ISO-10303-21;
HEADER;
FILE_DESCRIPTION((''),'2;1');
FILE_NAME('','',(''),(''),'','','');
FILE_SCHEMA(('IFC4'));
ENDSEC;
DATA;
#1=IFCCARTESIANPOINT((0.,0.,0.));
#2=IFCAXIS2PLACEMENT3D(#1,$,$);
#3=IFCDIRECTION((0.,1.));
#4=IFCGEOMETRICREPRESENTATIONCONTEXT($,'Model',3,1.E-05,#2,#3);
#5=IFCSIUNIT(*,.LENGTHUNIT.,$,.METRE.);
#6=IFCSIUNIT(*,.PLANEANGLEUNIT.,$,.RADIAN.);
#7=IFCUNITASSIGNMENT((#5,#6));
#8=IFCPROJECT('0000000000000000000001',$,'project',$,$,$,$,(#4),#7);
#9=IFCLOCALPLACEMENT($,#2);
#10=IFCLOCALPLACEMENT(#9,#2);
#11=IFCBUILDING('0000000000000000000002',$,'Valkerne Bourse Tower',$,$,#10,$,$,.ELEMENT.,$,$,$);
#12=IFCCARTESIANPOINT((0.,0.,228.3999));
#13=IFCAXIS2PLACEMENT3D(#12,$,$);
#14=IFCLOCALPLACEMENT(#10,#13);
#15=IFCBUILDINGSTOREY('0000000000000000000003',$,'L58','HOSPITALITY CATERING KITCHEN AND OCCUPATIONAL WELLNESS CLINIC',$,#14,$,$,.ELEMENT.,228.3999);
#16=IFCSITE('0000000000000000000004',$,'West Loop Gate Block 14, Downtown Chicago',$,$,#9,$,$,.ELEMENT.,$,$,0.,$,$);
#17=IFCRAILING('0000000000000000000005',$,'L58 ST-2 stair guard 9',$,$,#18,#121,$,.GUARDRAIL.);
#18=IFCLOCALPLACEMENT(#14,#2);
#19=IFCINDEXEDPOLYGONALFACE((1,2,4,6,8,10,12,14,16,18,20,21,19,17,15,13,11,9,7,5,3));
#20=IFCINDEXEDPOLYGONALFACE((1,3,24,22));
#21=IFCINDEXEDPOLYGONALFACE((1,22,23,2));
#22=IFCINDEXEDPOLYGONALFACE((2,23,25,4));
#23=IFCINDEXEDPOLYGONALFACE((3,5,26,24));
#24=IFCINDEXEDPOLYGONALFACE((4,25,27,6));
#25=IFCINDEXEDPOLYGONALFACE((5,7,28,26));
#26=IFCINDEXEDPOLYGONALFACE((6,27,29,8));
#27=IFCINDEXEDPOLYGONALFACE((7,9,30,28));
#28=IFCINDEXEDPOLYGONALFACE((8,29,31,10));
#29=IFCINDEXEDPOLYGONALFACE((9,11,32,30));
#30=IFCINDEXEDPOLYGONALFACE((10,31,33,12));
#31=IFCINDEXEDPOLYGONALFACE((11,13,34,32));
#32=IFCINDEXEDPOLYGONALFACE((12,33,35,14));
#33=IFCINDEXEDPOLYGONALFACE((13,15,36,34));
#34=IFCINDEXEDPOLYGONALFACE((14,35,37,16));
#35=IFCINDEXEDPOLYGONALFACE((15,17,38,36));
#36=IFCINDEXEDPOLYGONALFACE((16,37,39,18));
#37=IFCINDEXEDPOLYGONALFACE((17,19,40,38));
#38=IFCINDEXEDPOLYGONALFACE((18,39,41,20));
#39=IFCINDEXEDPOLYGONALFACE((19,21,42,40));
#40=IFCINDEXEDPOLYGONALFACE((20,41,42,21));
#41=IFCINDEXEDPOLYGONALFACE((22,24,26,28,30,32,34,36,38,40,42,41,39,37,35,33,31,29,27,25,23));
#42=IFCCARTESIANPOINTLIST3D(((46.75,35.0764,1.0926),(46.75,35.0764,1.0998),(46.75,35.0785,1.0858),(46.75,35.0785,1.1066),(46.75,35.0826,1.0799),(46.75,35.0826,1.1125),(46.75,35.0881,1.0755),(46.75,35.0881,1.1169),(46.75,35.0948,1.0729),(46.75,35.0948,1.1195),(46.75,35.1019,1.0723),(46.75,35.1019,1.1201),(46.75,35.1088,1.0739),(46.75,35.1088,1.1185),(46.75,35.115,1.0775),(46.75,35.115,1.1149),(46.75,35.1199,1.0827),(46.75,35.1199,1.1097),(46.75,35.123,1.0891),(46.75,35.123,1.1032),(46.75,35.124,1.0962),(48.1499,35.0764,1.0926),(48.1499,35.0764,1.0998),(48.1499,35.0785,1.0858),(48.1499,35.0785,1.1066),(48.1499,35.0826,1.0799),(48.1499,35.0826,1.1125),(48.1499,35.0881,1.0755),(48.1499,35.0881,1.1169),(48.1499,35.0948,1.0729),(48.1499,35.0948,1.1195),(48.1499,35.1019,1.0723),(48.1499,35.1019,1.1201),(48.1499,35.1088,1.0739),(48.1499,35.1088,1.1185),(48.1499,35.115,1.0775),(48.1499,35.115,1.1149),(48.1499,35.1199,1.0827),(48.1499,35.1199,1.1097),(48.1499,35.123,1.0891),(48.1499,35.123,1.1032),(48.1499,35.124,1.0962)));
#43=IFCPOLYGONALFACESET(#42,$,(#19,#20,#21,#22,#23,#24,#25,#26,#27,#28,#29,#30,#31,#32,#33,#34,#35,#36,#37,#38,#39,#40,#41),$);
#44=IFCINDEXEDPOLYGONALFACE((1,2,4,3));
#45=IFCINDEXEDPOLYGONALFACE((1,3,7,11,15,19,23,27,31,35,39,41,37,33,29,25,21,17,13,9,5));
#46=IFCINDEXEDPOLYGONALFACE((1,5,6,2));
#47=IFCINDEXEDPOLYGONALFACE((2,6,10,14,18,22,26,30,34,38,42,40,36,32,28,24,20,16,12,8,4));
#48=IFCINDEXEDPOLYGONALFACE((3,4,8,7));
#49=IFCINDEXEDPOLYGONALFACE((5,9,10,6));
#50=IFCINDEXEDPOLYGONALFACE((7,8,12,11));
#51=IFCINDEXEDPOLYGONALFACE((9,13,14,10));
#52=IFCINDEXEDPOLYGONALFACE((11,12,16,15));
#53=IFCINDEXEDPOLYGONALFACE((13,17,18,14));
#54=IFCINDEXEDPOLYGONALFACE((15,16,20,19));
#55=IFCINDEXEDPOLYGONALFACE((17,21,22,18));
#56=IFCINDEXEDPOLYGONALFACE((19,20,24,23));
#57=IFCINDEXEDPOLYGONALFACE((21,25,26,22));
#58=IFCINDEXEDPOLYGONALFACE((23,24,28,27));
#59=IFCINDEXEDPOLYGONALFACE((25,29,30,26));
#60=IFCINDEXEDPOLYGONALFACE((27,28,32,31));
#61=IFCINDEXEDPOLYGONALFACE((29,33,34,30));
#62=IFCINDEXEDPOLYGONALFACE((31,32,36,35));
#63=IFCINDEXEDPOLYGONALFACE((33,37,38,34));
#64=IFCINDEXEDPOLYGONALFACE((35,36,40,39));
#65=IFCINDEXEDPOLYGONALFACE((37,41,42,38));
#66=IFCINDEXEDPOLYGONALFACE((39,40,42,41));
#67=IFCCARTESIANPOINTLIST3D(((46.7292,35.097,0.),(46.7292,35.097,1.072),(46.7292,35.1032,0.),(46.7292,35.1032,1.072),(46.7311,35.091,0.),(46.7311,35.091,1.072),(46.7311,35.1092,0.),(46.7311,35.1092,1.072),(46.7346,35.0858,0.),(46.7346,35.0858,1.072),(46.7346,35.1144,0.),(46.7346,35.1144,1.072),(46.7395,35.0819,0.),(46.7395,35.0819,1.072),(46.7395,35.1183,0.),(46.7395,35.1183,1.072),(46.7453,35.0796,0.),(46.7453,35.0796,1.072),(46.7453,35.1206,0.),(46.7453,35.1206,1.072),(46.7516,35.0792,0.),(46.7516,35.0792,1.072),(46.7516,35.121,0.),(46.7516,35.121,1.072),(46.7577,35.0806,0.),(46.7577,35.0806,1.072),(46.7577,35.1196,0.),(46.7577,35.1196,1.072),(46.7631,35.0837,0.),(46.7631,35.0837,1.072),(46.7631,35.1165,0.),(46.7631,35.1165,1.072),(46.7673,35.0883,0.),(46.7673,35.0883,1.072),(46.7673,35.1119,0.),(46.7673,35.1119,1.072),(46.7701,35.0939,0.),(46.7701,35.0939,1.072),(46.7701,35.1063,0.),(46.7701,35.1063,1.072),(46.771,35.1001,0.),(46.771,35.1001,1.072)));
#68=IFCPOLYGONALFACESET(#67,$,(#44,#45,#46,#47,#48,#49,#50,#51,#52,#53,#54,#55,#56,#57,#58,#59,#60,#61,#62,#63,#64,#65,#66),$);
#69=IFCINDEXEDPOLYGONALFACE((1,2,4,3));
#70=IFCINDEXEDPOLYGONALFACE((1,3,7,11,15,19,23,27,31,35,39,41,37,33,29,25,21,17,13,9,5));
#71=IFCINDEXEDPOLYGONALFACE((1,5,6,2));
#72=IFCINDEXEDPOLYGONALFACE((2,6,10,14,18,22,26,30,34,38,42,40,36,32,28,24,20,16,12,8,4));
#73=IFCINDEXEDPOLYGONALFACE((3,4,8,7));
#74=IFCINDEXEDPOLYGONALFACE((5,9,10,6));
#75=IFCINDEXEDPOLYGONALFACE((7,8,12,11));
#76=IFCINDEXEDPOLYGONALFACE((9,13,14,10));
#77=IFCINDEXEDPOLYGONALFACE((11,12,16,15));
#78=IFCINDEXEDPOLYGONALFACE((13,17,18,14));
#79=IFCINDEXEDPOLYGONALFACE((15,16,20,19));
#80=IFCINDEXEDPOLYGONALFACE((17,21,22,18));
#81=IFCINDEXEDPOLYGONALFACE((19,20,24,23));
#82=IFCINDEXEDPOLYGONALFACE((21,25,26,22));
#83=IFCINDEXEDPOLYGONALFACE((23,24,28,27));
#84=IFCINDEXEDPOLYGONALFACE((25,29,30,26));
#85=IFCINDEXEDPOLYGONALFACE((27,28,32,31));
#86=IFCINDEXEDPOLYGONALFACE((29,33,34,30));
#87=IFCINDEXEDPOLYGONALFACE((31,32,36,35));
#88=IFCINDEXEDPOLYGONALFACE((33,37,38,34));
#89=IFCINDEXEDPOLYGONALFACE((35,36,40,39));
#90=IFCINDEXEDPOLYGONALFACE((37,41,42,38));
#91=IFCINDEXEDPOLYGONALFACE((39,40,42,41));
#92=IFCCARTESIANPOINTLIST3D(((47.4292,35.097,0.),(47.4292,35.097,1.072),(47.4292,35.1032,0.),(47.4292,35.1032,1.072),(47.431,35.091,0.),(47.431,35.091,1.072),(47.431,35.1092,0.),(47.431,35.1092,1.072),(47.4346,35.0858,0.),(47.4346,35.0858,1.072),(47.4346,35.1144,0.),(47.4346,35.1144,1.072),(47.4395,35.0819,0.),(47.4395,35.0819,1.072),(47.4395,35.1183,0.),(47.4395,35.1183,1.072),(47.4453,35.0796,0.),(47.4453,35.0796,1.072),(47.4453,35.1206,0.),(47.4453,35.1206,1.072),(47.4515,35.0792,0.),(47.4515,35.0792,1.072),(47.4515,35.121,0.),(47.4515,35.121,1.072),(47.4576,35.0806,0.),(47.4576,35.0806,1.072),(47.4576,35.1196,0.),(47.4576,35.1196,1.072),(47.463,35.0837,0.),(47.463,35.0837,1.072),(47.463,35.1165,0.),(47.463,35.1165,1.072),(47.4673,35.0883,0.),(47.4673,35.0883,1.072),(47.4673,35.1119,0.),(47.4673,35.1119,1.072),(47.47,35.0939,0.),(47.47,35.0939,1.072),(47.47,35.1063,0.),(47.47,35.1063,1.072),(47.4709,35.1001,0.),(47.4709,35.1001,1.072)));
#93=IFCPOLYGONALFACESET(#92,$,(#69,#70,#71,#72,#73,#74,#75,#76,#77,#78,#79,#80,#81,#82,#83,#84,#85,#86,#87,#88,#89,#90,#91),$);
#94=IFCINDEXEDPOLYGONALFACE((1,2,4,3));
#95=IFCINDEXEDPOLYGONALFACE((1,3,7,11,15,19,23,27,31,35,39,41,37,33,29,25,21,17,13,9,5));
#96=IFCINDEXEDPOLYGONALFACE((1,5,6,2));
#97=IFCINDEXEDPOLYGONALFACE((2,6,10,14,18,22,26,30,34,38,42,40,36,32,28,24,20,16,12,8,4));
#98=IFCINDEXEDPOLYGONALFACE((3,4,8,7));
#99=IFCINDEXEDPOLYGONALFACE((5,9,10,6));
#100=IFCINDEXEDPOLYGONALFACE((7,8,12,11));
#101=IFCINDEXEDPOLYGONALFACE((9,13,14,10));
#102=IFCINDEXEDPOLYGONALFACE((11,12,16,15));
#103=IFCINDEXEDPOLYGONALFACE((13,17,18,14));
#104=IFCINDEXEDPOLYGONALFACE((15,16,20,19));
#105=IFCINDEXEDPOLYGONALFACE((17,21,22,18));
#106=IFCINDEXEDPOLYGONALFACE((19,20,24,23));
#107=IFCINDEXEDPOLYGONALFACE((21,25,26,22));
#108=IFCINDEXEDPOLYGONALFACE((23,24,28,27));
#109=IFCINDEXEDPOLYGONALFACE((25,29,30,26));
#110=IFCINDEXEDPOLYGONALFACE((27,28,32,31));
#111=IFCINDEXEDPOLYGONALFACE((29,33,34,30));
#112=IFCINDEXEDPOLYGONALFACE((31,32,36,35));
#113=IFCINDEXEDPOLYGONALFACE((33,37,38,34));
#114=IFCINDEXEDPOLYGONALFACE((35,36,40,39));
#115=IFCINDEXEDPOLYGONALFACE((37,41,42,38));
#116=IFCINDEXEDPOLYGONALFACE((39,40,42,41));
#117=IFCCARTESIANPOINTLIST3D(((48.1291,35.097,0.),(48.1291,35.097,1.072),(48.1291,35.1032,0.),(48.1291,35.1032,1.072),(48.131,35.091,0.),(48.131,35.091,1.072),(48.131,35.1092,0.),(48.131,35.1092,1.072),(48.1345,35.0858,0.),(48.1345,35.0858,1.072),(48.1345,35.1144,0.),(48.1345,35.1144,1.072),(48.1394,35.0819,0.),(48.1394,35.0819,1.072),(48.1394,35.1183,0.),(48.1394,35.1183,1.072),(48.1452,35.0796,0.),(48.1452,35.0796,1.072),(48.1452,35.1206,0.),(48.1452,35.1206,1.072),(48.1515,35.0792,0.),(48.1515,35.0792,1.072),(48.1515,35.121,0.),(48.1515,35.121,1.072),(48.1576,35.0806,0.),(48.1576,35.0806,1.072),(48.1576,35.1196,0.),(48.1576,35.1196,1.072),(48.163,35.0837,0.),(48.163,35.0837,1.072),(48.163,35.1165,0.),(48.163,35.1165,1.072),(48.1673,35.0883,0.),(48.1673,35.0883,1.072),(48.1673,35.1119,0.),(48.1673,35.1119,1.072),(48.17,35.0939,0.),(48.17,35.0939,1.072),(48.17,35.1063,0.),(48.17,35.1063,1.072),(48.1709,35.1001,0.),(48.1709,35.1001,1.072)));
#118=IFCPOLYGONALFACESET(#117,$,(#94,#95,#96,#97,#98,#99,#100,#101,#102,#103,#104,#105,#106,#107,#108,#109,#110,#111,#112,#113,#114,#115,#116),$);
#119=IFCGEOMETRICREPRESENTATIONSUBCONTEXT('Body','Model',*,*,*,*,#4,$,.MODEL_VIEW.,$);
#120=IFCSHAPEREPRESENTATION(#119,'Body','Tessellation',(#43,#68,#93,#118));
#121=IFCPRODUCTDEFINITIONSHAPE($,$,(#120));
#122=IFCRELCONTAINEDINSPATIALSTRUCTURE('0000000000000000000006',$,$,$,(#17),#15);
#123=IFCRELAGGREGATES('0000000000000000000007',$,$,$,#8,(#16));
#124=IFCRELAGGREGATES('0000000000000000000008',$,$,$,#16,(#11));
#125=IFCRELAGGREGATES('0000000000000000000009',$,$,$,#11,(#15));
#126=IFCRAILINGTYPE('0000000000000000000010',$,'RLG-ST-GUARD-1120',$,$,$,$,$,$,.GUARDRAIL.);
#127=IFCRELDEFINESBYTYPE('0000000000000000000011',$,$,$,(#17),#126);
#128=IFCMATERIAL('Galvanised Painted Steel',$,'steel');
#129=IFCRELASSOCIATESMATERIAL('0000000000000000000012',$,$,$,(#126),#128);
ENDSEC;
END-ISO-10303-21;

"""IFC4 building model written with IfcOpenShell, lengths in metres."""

from ifc_helpers import new_model, si_unit, direction, frame, origin, origin_2d, place, context, subcontext, project, spatial, circle, extrude, material, type_object, element, save


model = new_model("IFC4")

# Units and contexts
model_context = context("Model", 3, precision=1e-05, world=origin(), true_north=direction((0.0, 1.0)))
body_context = subcontext(model_context, "Body", "Model", "MODEL_VIEW")
ifc_project = project(units=[si_unit("LENGTHUNIT", "METRE"), si_unit("PLANEANGLEUNIT", "RADIAN")], contexts=[model_context])

# Site, building, storey
site_placement = place(None, origin())
site = spatial("IfcSite", under=ifc_project, at=site_placement, Name="West Loop Gate Block 14, Downtown Chicago", CompositionType="ELEMENT", RefElevation=0.0)
building_placement = place(site_placement, origin())
building = spatial("IfcBuilding", under=site, at=building_placement, Name="Valkerne Bourse Tower", CompositionType="ELEMENT")
storey_placement = place(building_placement, frame((0.0, 0.0, 228.3999)))
storey = spatial("IfcBuildingStorey", under=building, at=storey_placement, Name="L58", Description="HOSPITALITY CATERING KITCHEN AND OCCUPATIONAL WELLNESS CLINIC", CompositionType="ELEMENT", Elevation=228.3999)

# Shared definitions
ifc_material_1 = material(Name="Galvanised Painted Steel", Category="steel")

# Railing
railing_type_1 = type_object("IfcRailingType", Name="RLG-ST-GUARD-1120", PredefinedType="GUARDRAIL", material=ifc_material_1)
for number, where, name in (
    (1, (46.75, 35.1001, 0.0), "L58 ST-2 stair guard 9"),
):
    element("IfcRailing", number, at=place(storey_placement, frame(where)), inside=storey, type_object=railing_type_1, Name=name, PredefinedType="GUARDRAIL", context=body_context, shape_type="SweptSolid", body=[
        extrude(circle(Radius=0.0239, at=origin_2d()), frame((0.0, 0.0, 1.0962), z_axis=(1.0, 0.0, 0.0), x_axis=(0.0, 1.0, 0.0)), (0.0, 0.0, 1.0), 1.3999),
        extrude(circle(Radius=0.021, at=origin_2d()), origin(), (0.0, 0.0, 1.0), 1.072),
        extrude(circle(Radius=0.021, at=origin_2d()), frame((0.7, 0.0, 0.0)), (0.0, 0.0, 1.0), 1.072),
        extrude(circle(Radius=0.021, at=origin_2d()), frame((1.3999, 0.0, 0.0)), (0.0, 0.0, 1.0), 1.072),
    ])

save(model, "model.ifc")
